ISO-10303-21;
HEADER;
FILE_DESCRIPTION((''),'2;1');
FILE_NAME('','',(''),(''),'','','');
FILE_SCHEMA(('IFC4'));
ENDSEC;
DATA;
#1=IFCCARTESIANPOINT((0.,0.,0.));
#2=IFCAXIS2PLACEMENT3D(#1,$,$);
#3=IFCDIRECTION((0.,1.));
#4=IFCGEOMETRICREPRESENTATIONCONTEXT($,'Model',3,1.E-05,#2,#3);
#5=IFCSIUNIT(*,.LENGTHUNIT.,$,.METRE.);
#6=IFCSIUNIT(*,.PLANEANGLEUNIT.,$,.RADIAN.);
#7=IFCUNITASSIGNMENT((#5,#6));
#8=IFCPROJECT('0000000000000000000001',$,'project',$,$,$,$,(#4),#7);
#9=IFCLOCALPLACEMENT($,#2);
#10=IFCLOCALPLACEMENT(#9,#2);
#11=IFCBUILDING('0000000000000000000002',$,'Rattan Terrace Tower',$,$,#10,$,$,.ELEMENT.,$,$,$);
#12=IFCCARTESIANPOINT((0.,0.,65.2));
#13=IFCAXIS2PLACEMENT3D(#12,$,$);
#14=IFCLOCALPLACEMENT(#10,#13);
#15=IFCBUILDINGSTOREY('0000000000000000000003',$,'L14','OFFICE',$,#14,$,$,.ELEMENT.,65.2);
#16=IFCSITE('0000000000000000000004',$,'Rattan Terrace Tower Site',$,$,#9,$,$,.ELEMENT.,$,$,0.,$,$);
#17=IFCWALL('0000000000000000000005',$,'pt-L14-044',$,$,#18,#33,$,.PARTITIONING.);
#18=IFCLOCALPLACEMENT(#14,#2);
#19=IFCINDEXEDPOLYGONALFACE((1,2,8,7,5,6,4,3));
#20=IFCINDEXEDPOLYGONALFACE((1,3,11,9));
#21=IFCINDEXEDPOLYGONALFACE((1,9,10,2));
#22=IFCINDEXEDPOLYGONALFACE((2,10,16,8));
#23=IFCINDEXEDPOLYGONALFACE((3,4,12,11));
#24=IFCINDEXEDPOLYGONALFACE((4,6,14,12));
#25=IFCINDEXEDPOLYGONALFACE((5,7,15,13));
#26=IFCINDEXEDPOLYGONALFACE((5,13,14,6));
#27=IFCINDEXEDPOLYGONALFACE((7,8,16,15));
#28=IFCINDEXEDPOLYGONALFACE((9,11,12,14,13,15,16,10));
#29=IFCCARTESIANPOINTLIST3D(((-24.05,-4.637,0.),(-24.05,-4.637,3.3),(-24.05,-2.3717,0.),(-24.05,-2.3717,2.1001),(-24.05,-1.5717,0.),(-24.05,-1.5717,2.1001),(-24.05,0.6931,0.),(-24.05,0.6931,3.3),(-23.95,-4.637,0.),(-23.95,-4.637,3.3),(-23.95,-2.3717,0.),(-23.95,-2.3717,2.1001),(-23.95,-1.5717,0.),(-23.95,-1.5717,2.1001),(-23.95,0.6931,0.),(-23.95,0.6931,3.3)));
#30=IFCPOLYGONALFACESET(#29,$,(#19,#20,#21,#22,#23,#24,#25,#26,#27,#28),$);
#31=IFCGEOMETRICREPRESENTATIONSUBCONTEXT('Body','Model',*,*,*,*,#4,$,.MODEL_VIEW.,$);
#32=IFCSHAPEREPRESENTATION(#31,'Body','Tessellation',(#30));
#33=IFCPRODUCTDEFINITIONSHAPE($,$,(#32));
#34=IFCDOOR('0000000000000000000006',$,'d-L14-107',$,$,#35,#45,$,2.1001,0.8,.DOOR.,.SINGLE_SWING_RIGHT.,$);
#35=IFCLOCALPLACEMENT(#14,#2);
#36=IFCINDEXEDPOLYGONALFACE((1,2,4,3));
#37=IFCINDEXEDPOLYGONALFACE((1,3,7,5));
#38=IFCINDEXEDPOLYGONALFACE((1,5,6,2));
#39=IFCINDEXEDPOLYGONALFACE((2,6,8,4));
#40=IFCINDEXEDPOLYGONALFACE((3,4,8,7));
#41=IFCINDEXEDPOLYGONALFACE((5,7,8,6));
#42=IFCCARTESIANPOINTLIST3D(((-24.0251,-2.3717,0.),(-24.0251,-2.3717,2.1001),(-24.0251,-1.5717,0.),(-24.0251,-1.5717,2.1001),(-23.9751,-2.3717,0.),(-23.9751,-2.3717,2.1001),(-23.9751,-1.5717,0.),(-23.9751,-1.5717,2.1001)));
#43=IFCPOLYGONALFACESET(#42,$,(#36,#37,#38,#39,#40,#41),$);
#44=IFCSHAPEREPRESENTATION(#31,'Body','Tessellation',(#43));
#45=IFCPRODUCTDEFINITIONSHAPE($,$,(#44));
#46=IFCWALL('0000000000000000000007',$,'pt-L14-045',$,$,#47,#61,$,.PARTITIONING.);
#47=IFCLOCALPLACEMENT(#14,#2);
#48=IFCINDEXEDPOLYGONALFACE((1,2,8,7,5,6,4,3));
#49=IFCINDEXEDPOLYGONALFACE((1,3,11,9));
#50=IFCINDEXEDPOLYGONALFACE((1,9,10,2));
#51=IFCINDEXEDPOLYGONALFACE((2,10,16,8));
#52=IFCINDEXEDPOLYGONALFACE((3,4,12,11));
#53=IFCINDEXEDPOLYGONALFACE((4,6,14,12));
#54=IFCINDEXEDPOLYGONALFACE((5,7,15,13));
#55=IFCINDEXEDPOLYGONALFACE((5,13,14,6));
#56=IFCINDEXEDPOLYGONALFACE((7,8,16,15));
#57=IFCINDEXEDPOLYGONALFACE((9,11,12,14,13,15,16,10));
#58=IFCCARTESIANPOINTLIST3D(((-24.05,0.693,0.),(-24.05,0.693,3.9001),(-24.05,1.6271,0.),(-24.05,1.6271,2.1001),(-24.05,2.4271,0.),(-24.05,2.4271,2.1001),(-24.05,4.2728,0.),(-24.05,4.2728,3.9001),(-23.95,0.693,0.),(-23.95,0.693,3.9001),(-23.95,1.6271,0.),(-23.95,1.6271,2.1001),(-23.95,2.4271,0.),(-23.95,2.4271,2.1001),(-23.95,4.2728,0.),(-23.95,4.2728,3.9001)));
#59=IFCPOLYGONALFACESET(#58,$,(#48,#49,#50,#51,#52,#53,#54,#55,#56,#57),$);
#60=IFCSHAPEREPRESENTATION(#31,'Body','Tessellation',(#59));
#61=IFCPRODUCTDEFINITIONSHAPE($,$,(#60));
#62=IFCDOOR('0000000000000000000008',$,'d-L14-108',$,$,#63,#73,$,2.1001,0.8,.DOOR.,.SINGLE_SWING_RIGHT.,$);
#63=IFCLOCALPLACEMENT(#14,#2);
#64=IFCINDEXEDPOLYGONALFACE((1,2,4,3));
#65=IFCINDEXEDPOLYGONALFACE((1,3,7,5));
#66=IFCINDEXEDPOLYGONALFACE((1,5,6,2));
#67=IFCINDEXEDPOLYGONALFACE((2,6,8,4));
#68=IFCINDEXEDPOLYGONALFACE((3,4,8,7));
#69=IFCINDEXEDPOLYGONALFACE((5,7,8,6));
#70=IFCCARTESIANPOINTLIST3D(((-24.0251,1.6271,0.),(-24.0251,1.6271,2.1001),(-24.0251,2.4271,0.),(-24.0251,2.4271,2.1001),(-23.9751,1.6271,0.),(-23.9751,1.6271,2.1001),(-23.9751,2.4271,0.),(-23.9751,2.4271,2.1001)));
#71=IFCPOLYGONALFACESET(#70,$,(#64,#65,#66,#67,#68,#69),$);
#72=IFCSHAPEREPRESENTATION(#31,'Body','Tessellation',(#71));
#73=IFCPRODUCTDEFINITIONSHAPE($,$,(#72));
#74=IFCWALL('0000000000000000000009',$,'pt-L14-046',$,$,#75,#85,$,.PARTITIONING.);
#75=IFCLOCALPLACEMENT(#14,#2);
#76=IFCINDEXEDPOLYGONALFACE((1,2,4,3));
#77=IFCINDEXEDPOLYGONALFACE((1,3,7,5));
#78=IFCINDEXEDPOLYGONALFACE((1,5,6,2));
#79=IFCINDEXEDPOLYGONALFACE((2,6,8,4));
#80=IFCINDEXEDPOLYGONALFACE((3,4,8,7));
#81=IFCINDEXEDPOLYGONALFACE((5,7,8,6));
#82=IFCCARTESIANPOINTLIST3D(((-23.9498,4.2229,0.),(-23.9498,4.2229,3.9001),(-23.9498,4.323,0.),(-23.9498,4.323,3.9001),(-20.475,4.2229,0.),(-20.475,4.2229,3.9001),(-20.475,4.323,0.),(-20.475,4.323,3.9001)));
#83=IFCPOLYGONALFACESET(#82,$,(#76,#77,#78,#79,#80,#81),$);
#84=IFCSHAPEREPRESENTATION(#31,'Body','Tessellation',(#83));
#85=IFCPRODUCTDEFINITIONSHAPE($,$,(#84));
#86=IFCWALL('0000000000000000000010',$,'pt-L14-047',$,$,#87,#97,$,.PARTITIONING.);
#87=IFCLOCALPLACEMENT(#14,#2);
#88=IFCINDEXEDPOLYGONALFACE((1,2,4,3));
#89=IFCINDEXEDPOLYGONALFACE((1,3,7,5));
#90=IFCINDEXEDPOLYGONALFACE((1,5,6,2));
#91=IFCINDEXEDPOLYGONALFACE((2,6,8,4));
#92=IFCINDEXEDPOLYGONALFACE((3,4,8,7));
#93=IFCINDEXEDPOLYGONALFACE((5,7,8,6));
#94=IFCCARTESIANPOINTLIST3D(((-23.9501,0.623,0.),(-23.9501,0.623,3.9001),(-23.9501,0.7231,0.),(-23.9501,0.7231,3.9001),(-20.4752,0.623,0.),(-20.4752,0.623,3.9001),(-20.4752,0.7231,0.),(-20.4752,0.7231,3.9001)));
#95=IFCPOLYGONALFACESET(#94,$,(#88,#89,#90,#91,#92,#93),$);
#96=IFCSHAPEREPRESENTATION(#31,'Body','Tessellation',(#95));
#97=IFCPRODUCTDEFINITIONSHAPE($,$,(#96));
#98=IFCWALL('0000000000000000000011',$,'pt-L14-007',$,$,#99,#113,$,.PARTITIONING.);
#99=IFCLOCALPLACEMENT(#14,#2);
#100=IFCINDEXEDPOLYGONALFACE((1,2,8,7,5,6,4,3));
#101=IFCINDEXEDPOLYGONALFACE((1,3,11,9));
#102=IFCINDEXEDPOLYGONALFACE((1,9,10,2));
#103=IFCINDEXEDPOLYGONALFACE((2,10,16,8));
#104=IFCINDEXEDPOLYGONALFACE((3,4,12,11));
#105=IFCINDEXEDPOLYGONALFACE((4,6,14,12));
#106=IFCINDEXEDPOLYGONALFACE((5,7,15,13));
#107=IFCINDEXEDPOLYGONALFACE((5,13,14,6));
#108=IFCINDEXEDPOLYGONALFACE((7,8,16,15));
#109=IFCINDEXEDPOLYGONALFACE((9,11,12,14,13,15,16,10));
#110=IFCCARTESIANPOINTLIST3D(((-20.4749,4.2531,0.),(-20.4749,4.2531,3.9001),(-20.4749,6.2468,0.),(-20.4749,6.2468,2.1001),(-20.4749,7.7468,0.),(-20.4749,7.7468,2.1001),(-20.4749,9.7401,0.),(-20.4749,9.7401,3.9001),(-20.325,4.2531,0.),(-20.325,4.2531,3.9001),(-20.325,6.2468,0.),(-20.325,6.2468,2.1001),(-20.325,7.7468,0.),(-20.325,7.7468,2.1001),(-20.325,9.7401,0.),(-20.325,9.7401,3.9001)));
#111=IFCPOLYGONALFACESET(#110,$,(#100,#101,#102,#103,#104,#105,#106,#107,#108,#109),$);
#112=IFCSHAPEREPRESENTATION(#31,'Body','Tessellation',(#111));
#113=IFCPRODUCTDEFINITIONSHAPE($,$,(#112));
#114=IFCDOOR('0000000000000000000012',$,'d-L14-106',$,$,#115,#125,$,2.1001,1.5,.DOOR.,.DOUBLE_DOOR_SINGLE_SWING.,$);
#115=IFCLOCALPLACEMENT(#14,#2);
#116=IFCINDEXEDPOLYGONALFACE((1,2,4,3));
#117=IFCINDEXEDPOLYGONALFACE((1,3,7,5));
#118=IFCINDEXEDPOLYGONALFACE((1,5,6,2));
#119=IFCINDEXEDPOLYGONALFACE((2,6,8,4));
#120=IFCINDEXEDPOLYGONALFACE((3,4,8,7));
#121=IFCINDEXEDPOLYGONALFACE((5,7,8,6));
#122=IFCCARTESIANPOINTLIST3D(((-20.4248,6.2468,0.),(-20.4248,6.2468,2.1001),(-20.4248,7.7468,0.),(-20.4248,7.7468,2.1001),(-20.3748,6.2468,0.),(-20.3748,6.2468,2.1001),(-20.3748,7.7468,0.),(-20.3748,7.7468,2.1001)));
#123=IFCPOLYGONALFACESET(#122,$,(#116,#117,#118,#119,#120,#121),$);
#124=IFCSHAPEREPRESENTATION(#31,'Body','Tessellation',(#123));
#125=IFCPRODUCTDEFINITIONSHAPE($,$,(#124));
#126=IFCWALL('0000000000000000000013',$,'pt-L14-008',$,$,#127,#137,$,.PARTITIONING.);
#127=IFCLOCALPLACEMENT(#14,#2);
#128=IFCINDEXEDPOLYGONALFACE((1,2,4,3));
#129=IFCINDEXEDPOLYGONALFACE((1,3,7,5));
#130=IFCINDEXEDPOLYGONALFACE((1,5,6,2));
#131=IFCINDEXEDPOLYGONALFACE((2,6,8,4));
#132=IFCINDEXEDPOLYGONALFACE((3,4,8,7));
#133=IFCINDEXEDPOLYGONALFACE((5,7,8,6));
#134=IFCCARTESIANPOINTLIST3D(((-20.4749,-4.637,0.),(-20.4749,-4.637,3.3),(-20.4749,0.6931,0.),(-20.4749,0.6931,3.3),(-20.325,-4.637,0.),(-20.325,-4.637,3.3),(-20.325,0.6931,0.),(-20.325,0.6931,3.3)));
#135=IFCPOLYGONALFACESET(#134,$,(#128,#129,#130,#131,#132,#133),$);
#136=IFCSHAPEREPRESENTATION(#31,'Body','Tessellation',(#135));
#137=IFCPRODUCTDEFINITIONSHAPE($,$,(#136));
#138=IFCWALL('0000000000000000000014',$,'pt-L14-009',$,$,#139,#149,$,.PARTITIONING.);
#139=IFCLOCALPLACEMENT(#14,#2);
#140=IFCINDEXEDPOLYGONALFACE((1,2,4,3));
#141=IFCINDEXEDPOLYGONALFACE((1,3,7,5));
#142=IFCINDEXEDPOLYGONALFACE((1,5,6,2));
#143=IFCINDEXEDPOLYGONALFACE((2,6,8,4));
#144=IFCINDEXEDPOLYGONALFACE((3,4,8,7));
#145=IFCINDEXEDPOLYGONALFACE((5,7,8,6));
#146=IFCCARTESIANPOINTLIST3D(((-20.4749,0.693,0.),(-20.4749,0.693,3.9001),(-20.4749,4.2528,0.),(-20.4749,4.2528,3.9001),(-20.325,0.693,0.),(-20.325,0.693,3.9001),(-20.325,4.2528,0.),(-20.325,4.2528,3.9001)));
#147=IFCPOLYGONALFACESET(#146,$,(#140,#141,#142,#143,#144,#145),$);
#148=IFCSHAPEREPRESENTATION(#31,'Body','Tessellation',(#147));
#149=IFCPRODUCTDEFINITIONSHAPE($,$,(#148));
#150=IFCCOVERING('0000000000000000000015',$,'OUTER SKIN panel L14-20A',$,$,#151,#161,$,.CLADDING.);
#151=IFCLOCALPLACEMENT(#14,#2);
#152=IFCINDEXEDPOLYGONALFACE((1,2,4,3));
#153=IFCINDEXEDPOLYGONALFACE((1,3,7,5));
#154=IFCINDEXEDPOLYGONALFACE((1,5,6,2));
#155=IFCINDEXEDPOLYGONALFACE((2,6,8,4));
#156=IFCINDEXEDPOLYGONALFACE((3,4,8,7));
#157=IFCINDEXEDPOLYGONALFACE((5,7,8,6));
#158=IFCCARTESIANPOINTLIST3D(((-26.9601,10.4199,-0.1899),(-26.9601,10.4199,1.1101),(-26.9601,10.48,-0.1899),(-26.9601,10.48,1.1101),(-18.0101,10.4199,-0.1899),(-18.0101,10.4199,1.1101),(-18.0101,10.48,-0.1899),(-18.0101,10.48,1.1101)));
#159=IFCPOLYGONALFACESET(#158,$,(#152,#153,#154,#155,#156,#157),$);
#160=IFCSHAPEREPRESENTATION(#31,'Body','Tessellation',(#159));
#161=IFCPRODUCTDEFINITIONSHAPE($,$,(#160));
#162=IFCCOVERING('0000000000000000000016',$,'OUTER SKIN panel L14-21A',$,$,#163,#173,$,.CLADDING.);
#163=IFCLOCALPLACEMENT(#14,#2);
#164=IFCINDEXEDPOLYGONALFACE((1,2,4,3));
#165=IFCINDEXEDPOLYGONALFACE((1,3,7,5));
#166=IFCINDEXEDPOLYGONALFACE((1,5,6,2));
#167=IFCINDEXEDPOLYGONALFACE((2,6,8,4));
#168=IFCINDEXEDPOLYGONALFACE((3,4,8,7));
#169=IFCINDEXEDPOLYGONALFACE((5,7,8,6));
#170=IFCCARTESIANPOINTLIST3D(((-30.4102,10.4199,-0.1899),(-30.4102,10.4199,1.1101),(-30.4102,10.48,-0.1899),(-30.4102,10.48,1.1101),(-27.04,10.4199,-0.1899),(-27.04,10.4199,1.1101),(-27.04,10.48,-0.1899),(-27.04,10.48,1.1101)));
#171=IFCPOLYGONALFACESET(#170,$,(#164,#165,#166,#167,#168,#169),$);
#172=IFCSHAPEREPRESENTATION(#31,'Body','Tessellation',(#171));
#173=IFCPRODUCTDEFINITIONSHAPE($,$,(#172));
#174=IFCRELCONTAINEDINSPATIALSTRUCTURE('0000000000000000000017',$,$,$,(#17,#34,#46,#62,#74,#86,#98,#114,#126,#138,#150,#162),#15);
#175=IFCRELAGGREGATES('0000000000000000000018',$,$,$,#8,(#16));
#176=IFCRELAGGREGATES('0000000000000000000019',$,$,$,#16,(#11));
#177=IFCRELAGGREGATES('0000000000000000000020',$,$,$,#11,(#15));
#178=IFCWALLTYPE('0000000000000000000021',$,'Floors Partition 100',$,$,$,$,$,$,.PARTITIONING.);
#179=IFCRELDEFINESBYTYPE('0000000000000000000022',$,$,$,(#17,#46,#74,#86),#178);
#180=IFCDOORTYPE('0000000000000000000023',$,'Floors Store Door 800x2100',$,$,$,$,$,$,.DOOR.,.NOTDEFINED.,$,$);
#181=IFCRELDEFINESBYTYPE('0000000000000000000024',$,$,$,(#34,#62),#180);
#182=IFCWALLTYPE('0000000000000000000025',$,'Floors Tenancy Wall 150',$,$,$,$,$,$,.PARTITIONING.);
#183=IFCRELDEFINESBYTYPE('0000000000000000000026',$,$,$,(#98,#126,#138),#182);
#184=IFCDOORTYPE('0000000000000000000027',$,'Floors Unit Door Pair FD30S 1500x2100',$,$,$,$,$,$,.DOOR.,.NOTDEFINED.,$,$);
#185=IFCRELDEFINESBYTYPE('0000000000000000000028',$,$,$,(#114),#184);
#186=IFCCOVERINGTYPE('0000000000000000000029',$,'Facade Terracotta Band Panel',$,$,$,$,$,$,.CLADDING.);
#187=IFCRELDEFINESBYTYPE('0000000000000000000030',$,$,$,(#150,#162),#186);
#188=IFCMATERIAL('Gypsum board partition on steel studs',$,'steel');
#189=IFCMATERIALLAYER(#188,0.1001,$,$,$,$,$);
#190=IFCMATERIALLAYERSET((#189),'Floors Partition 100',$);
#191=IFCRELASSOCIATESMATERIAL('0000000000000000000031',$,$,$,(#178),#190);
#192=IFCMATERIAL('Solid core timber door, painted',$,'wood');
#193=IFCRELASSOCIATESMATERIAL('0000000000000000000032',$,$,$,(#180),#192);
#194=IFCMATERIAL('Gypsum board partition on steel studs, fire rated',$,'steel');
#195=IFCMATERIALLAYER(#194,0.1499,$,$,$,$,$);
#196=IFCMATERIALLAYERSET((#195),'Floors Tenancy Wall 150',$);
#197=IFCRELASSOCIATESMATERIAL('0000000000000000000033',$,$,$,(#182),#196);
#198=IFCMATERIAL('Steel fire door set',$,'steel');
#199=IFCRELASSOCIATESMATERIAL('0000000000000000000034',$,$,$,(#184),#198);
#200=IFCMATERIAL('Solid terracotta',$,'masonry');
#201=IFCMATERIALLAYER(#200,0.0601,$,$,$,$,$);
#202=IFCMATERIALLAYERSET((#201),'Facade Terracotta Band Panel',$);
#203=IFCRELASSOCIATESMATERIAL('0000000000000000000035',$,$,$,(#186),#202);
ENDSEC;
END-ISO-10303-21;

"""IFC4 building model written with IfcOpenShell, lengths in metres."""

from ifc_helpers import new_model, si_unit, direction, frame, frame_2d, origin, origin_2d, place, context, subcontext, project, spatial, rectangle, extrude, material, layer, layer_set, type_object, element, fill, save


model = new_model("IFC4")

# Units and contexts
model_context = context("Model", 3, precision=1e-05, world=origin(), true_north=direction((0.0, 1.0)))
body_context = subcontext(model_context, "Body", "Model", "MODEL_VIEW")
ifc_project = project(units=[si_unit("LENGTHUNIT", "METRE"), si_unit("PLANEANGLEUNIT", "RADIAN")], contexts=[model_context])

# Site, building, storey
site_placement = place(None, origin())
site = spatial("IfcSite", under=ifc_project, at=site_placement, Name="Rattan Terrace Tower Site", CompositionType="ELEMENT", RefElevation=0.0)
building_placement = place(site_placement, origin())
building = spatial("IfcBuilding", under=site, at=building_placement, Name="Rattan Terrace Tower", CompositionType="ELEMENT")
storey_placement = place(building_placement, frame((0.0, 0.0, 65.2)))
storey = spatial("IfcBuildingStorey", under=building, at=storey_placement, Name="L14", Description="OFFICE", CompositionType="ELEMENT", Elevation=65.2)

# Walls, openings, doors
ifc_material_1 = material(Name="Gypsum board partition on steel studs", Category="steel")
ifc_layer_1 = layer(ifc_material_1, 0.1001)
ifc_layer_set_1 = layer_set([ifc_layer_1], Name="Floors Partition 100")
wall_type_1 = type_object("IfcWallType", Name="Floors Partition 100", PredefinedType="PARTITIONING", material=ifc_layer_set_1)
wall_1_placement = place(storey_placement, frame((-24.0, 0.6931, 0.0), z_axis=(0.0, 0.0, 1.0), x_axis=(0.0, -1.0, 0.0)))
wall_1 = element("IfcWall", 1, at=wall_1_placement, inside=storey, type_object=wall_type_1, Name="pt-L14-044", PredefinedType="PARTITIONING", context=body_context, shape_type="SweptSolid", body=[
    extrude(rectangle(XDim=5.3301, YDim=0.1001, at=frame_2d((2.665, 0.0))), origin(), (0.0, 0.0, 1.0), 3.3),
])
opening_1_placement = place(wall_1_placement, frame((2.2649, 0.0, 0.0)))
opening_1 = element("IfcOpeningElement", 2, at=opening_1_placement, cuts=wall_1, PredefinedType="OPENING", context=body_context, shape_type="SweptSolid", body=[
    extrude(rectangle(XDim=0.8, YDim=2.1001, at=frame_2d((0.3999, 1.05))), frame((0.0, 0.0605, 0.0), z_axis=(0.0, -1.0, 0.0), x_axis=(1.0, 0.0, 0.0)), (0.0, 0.0, 1.0), 0.1211),
])
ifc_material_2 = material(Name="Solid core timber door, painted", Category="wood")
door_type_1 = type_object("IfcDoorType", Name="Floors Store Door 800x2100", OperationType="NOTDEFINED", PredefinedType="DOOR", material=ifc_material_2)
door_1_placement = place(opening_1_placement, origin())
door_1 = element("IfcDoor", 3, at=door_1_placement, inside=storey, type_object=door_type_1, Name="d-L14-107", OperationType="SINGLE_SWING_RIGHT", OverallHeight=2.1001, OverallWidth=0.8, PredefinedType="DOOR", context=body_context, shape_type="SweptSolid", body=[
    extrude(rectangle(XDim=0.8, YDim=2.1001, at=frame_2d((0.3999, 1.05))), frame((0.0, 0.0249, 0.0), z_axis=(0.0, -1.0, 0.0), x_axis=(1.0, 0.0, 0.0)), (0.0, 0.0, 1.0), 0.05),
])
fill(opening_1, door_1)
wall_2_placement = place(storey_placement, frame((-24.0, 4.2729, 0.0), z_axis=(0.0, 0.0, 1.0), x_axis=(0.0, -1.0, 0.0)))
wall_2 = element("IfcWall", 4, at=wall_2_placement, inside=storey, type_object=wall_type_1, Name="pt-L14-045", PredefinedType="PARTITIONING", context=body_context, shape_type="SweptSolid", body=[
    extrude(rectangle(XDim=3.5798, YDim=0.1001, at=frame_2d((1.79, 0.0))), origin(), (0.0, 0.0, 1.0), 3.9001),
])
opening_2_placement = place(wall_2_placement, frame((1.8459, 0.0, 0.0)))
opening_2 = element("IfcOpeningElement", 5, at=opening_2_placement, cuts=wall_2, PredefinedType="OPENING", context=body_context, shape_type="SweptSolid", body=[
    extrude(rectangle(XDim=0.8, YDim=2.1001, at=frame_2d((0.3999, 1.05))), frame((0.0, 0.0605, 0.0), z_axis=(0.0, -1.0, 0.0), x_axis=(1.0, 0.0, 0.0)), (0.0, 0.0, 1.0), 0.1211),
])
door_2_placement = place(opening_2_placement, origin())
door_2 = element("IfcDoor", 6, at=door_2_placement, inside=storey, type_object=door_type_1, Name="d-L14-108", OperationType="SINGLE_SWING_RIGHT", OverallHeight=2.1001, OverallWidth=0.8, PredefinedType="DOOR", context=body_context, shape_type="SweptSolid", body=[
    extrude(rectangle(XDim=0.8, YDim=2.1001, at=frame_2d((0.3999, 1.05))), frame((0.0, 0.0249, 0.0), z_axis=(0.0, -1.0, 0.0), x_axis=(1.0, 0.0, 0.0)), (0.0, 0.0, 1.0), 0.05),
])
fill(opening_2, door_2)

# Walls
for number, where, z_axis, x_axis, name in (
    (7, (-20.4751, 4.2729, 0.0), (0.0, 0.0, 1.0), (-1.0, 0.0, 0.0), "pt-L14-046"),
    (8, (-23.95, 0.6731, 0.0), (0.0, 0.0, 1.0), (1.0, 0.0, 0.0), "pt-L14-047"),
):
    element("IfcWall", number, at=place(storey_placement, frame(where, z_axis=z_axis, x_axis=x_axis)), inside=storey, type_object=wall_type_1, Name=name, PredefinedType="PARTITIONING", context=body_context, shape_type="SweptSolid", body=[
        extrude(rectangle(XDim=3.4749, YDim=0.1001, at=frame_2d((1.7373, 0.0))), origin(), (0.0, 0.0, 1.0), 3.9001),
    ])

# Wall, opening, door
ifc_material_3 = material(Name="Gypsum board partition on steel studs, fire rated", Category="steel")
ifc_layer_2 = layer(ifc_material_3, 0.1499)
ifc_layer_set_2 = layer_set([ifc_layer_2], Name="Floors Tenancy Wall 150")
wall_type_2 = type_object("IfcWallType", Name="Floors Tenancy Wall 150", PredefinedType="PARTITIONING", material=ifc_layer_set_2)
wall_3_placement = place(storey_placement, frame((-20.3999, 4.2529, 0.0), z_axis=(0.0, 0.0, 1.0), x_axis=(0.0, 1.0, 0.0)))
wall_3 = element("IfcWall", 9, at=wall_3_placement, inside=storey, type_object=wall_type_2, Name="pt-L14-007", PredefinedType="PARTITIONING", context=body_context, shape_type="SweptSolid", body=[
    extrude(rectangle(XDim=5.4871, YDim=0.1499, at=frame_2d((2.7437, 0.0))), origin(), (0.0, 0.0, 1.0), 3.9001),
])
opening_3_placement = place(wall_3_placement, frame((1.9939, 0.0, 0.0)))
opening_3 = element("IfcOpeningElement", 10, at=opening_3_placement, cuts=wall_3, PredefinedType="OPENING", context=body_context, shape_type="SweptSolid", body=[
    extrude(rectangle(XDim=1.5, YDim=2.1001, at=frame_2d((0.75, 1.05))), frame((0.0, 0.0854, 0.0), z_axis=(0.0, -1.0, 0.0), x_axis=(1.0, 0.0, 0.0)), (0.0, 0.0, 1.0), 0.1709),
])
ifc_material_4 = material(Name="Steel fire door set", Category="steel")
door_type_2 = type_object("IfcDoorType", Name="Floors Unit Door Pair FD30S 1500x2100", OperationType="NOTDEFINED", PredefinedType="DOOR", material=ifc_material_4)
door_3_placement = place(opening_3_placement, origin())
door_3 = element("IfcDoor", 11, at=door_3_placement, inside=storey, type_object=door_type_2, Name="d-L14-106", OperationType="DOUBLE_DOOR_SINGLE_SWING", OverallHeight=2.1001, OverallWidth=1.5, PredefinedType="DOOR", context=body_context, shape_type="SweptSolid", body=[
    extrude(rectangle(XDim=1.5, YDim=2.1001, at=frame_2d((0.75, 1.05))), frame((0.0, 0.0249, 0.0), z_axis=(0.0, -1.0, 0.0), x_axis=(1.0, 0.0, 0.0)), (0.0, 0.0, 1.0), 0.05),
])
fill(opening_3, door_3)

# Walls
wall_4_placement = place(storey_placement, frame((-20.3999, -4.637, 0.0), z_axis=(0.0, 0.0, 1.0), x_axis=(0.0, 1.0, 0.0)))
element("IfcWall", 12, at=wall_4_placement, inside=storey, type_object=wall_type_2, Name="pt-L14-008", PredefinedType="PARTITIONING", context=body_context, shape_type="SweptSolid", body=[
    extrude(rectangle(XDim=5.3301, YDim=0.1499, at=frame_2d((2.665, 0.0))), origin(), (0.0, 0.0, 1.0), 3.3),
])
wall_5_placement = place(storey_placement, frame((-20.3999, 0.6931, 0.0), z_axis=(0.0, 0.0, 1.0), x_axis=(0.0, 1.0, 0.0)))
element("IfcWall", 13, at=wall_5_placement, inside=storey, type_object=wall_type_2, Name="pt-L14-009", PredefinedType="PARTITIONING", context=body_context, shape_type="SweptSolid", body=[
    extrude(rectangle(XDim=3.5598, YDim=0.1499, at=frame_2d((1.7798, 0.0))), origin(), (0.0, 0.0, 1.0), 3.9001),
])

# Coverings
ifc_material_5 = material(Name="Solid terracotta", Category="masonry")
ifc_layer_3 = layer(ifc_material_5, 0.0601)
ifc_layer_set_3 = layer_set([ifc_layer_3], Name="Facade Terracotta Band Panel")
covering_type_1 = type_object("IfcCoveringType", Name="Facade Terracotta Band Panel", PredefinedType="CLADDING", material=ifc_layer_set_3)
covering_1_placement = place(storey_placement, frame((-22.4851, 10.45, -0.1899), z_axis=(0.0, 0.0, 1.0), x_axis=(-1.0, 0.0, 0.0)))
element("IfcCovering", 14, at=covering_1_placement, inside=storey, type_object=covering_type_1, Name="OUTER SKIN panel L14-20A", PredefinedType="CLADDING", context=body_context, shape_type="SweptSolid", body=[
    extrude(rectangle(XDim=8.95, YDim=0.0601, at=origin_2d()), origin(), (0.0, 0.0, 1.0), 1.3),
])
covering_2_placement = place(storey_placement, frame((-28.7251, 10.45, -0.1899), z_axis=(0.0, 0.0, 1.0), x_axis=(-1.0, 0.0, 0.0)))
element("IfcCovering", 15, at=covering_2_placement, inside=storey, type_object=covering_type_1, Name="OUTER SKIN panel L14-21A", PredefinedType="CLADDING", context=body_context, shape_type="SweptSolid", body=[
    extrude(rectangle(XDim=3.3701, YDim=0.0601, at=origin_2d()), origin(), (0.0, 0.0, 1.0), 1.3),
])

save(model, "model.ifc")
